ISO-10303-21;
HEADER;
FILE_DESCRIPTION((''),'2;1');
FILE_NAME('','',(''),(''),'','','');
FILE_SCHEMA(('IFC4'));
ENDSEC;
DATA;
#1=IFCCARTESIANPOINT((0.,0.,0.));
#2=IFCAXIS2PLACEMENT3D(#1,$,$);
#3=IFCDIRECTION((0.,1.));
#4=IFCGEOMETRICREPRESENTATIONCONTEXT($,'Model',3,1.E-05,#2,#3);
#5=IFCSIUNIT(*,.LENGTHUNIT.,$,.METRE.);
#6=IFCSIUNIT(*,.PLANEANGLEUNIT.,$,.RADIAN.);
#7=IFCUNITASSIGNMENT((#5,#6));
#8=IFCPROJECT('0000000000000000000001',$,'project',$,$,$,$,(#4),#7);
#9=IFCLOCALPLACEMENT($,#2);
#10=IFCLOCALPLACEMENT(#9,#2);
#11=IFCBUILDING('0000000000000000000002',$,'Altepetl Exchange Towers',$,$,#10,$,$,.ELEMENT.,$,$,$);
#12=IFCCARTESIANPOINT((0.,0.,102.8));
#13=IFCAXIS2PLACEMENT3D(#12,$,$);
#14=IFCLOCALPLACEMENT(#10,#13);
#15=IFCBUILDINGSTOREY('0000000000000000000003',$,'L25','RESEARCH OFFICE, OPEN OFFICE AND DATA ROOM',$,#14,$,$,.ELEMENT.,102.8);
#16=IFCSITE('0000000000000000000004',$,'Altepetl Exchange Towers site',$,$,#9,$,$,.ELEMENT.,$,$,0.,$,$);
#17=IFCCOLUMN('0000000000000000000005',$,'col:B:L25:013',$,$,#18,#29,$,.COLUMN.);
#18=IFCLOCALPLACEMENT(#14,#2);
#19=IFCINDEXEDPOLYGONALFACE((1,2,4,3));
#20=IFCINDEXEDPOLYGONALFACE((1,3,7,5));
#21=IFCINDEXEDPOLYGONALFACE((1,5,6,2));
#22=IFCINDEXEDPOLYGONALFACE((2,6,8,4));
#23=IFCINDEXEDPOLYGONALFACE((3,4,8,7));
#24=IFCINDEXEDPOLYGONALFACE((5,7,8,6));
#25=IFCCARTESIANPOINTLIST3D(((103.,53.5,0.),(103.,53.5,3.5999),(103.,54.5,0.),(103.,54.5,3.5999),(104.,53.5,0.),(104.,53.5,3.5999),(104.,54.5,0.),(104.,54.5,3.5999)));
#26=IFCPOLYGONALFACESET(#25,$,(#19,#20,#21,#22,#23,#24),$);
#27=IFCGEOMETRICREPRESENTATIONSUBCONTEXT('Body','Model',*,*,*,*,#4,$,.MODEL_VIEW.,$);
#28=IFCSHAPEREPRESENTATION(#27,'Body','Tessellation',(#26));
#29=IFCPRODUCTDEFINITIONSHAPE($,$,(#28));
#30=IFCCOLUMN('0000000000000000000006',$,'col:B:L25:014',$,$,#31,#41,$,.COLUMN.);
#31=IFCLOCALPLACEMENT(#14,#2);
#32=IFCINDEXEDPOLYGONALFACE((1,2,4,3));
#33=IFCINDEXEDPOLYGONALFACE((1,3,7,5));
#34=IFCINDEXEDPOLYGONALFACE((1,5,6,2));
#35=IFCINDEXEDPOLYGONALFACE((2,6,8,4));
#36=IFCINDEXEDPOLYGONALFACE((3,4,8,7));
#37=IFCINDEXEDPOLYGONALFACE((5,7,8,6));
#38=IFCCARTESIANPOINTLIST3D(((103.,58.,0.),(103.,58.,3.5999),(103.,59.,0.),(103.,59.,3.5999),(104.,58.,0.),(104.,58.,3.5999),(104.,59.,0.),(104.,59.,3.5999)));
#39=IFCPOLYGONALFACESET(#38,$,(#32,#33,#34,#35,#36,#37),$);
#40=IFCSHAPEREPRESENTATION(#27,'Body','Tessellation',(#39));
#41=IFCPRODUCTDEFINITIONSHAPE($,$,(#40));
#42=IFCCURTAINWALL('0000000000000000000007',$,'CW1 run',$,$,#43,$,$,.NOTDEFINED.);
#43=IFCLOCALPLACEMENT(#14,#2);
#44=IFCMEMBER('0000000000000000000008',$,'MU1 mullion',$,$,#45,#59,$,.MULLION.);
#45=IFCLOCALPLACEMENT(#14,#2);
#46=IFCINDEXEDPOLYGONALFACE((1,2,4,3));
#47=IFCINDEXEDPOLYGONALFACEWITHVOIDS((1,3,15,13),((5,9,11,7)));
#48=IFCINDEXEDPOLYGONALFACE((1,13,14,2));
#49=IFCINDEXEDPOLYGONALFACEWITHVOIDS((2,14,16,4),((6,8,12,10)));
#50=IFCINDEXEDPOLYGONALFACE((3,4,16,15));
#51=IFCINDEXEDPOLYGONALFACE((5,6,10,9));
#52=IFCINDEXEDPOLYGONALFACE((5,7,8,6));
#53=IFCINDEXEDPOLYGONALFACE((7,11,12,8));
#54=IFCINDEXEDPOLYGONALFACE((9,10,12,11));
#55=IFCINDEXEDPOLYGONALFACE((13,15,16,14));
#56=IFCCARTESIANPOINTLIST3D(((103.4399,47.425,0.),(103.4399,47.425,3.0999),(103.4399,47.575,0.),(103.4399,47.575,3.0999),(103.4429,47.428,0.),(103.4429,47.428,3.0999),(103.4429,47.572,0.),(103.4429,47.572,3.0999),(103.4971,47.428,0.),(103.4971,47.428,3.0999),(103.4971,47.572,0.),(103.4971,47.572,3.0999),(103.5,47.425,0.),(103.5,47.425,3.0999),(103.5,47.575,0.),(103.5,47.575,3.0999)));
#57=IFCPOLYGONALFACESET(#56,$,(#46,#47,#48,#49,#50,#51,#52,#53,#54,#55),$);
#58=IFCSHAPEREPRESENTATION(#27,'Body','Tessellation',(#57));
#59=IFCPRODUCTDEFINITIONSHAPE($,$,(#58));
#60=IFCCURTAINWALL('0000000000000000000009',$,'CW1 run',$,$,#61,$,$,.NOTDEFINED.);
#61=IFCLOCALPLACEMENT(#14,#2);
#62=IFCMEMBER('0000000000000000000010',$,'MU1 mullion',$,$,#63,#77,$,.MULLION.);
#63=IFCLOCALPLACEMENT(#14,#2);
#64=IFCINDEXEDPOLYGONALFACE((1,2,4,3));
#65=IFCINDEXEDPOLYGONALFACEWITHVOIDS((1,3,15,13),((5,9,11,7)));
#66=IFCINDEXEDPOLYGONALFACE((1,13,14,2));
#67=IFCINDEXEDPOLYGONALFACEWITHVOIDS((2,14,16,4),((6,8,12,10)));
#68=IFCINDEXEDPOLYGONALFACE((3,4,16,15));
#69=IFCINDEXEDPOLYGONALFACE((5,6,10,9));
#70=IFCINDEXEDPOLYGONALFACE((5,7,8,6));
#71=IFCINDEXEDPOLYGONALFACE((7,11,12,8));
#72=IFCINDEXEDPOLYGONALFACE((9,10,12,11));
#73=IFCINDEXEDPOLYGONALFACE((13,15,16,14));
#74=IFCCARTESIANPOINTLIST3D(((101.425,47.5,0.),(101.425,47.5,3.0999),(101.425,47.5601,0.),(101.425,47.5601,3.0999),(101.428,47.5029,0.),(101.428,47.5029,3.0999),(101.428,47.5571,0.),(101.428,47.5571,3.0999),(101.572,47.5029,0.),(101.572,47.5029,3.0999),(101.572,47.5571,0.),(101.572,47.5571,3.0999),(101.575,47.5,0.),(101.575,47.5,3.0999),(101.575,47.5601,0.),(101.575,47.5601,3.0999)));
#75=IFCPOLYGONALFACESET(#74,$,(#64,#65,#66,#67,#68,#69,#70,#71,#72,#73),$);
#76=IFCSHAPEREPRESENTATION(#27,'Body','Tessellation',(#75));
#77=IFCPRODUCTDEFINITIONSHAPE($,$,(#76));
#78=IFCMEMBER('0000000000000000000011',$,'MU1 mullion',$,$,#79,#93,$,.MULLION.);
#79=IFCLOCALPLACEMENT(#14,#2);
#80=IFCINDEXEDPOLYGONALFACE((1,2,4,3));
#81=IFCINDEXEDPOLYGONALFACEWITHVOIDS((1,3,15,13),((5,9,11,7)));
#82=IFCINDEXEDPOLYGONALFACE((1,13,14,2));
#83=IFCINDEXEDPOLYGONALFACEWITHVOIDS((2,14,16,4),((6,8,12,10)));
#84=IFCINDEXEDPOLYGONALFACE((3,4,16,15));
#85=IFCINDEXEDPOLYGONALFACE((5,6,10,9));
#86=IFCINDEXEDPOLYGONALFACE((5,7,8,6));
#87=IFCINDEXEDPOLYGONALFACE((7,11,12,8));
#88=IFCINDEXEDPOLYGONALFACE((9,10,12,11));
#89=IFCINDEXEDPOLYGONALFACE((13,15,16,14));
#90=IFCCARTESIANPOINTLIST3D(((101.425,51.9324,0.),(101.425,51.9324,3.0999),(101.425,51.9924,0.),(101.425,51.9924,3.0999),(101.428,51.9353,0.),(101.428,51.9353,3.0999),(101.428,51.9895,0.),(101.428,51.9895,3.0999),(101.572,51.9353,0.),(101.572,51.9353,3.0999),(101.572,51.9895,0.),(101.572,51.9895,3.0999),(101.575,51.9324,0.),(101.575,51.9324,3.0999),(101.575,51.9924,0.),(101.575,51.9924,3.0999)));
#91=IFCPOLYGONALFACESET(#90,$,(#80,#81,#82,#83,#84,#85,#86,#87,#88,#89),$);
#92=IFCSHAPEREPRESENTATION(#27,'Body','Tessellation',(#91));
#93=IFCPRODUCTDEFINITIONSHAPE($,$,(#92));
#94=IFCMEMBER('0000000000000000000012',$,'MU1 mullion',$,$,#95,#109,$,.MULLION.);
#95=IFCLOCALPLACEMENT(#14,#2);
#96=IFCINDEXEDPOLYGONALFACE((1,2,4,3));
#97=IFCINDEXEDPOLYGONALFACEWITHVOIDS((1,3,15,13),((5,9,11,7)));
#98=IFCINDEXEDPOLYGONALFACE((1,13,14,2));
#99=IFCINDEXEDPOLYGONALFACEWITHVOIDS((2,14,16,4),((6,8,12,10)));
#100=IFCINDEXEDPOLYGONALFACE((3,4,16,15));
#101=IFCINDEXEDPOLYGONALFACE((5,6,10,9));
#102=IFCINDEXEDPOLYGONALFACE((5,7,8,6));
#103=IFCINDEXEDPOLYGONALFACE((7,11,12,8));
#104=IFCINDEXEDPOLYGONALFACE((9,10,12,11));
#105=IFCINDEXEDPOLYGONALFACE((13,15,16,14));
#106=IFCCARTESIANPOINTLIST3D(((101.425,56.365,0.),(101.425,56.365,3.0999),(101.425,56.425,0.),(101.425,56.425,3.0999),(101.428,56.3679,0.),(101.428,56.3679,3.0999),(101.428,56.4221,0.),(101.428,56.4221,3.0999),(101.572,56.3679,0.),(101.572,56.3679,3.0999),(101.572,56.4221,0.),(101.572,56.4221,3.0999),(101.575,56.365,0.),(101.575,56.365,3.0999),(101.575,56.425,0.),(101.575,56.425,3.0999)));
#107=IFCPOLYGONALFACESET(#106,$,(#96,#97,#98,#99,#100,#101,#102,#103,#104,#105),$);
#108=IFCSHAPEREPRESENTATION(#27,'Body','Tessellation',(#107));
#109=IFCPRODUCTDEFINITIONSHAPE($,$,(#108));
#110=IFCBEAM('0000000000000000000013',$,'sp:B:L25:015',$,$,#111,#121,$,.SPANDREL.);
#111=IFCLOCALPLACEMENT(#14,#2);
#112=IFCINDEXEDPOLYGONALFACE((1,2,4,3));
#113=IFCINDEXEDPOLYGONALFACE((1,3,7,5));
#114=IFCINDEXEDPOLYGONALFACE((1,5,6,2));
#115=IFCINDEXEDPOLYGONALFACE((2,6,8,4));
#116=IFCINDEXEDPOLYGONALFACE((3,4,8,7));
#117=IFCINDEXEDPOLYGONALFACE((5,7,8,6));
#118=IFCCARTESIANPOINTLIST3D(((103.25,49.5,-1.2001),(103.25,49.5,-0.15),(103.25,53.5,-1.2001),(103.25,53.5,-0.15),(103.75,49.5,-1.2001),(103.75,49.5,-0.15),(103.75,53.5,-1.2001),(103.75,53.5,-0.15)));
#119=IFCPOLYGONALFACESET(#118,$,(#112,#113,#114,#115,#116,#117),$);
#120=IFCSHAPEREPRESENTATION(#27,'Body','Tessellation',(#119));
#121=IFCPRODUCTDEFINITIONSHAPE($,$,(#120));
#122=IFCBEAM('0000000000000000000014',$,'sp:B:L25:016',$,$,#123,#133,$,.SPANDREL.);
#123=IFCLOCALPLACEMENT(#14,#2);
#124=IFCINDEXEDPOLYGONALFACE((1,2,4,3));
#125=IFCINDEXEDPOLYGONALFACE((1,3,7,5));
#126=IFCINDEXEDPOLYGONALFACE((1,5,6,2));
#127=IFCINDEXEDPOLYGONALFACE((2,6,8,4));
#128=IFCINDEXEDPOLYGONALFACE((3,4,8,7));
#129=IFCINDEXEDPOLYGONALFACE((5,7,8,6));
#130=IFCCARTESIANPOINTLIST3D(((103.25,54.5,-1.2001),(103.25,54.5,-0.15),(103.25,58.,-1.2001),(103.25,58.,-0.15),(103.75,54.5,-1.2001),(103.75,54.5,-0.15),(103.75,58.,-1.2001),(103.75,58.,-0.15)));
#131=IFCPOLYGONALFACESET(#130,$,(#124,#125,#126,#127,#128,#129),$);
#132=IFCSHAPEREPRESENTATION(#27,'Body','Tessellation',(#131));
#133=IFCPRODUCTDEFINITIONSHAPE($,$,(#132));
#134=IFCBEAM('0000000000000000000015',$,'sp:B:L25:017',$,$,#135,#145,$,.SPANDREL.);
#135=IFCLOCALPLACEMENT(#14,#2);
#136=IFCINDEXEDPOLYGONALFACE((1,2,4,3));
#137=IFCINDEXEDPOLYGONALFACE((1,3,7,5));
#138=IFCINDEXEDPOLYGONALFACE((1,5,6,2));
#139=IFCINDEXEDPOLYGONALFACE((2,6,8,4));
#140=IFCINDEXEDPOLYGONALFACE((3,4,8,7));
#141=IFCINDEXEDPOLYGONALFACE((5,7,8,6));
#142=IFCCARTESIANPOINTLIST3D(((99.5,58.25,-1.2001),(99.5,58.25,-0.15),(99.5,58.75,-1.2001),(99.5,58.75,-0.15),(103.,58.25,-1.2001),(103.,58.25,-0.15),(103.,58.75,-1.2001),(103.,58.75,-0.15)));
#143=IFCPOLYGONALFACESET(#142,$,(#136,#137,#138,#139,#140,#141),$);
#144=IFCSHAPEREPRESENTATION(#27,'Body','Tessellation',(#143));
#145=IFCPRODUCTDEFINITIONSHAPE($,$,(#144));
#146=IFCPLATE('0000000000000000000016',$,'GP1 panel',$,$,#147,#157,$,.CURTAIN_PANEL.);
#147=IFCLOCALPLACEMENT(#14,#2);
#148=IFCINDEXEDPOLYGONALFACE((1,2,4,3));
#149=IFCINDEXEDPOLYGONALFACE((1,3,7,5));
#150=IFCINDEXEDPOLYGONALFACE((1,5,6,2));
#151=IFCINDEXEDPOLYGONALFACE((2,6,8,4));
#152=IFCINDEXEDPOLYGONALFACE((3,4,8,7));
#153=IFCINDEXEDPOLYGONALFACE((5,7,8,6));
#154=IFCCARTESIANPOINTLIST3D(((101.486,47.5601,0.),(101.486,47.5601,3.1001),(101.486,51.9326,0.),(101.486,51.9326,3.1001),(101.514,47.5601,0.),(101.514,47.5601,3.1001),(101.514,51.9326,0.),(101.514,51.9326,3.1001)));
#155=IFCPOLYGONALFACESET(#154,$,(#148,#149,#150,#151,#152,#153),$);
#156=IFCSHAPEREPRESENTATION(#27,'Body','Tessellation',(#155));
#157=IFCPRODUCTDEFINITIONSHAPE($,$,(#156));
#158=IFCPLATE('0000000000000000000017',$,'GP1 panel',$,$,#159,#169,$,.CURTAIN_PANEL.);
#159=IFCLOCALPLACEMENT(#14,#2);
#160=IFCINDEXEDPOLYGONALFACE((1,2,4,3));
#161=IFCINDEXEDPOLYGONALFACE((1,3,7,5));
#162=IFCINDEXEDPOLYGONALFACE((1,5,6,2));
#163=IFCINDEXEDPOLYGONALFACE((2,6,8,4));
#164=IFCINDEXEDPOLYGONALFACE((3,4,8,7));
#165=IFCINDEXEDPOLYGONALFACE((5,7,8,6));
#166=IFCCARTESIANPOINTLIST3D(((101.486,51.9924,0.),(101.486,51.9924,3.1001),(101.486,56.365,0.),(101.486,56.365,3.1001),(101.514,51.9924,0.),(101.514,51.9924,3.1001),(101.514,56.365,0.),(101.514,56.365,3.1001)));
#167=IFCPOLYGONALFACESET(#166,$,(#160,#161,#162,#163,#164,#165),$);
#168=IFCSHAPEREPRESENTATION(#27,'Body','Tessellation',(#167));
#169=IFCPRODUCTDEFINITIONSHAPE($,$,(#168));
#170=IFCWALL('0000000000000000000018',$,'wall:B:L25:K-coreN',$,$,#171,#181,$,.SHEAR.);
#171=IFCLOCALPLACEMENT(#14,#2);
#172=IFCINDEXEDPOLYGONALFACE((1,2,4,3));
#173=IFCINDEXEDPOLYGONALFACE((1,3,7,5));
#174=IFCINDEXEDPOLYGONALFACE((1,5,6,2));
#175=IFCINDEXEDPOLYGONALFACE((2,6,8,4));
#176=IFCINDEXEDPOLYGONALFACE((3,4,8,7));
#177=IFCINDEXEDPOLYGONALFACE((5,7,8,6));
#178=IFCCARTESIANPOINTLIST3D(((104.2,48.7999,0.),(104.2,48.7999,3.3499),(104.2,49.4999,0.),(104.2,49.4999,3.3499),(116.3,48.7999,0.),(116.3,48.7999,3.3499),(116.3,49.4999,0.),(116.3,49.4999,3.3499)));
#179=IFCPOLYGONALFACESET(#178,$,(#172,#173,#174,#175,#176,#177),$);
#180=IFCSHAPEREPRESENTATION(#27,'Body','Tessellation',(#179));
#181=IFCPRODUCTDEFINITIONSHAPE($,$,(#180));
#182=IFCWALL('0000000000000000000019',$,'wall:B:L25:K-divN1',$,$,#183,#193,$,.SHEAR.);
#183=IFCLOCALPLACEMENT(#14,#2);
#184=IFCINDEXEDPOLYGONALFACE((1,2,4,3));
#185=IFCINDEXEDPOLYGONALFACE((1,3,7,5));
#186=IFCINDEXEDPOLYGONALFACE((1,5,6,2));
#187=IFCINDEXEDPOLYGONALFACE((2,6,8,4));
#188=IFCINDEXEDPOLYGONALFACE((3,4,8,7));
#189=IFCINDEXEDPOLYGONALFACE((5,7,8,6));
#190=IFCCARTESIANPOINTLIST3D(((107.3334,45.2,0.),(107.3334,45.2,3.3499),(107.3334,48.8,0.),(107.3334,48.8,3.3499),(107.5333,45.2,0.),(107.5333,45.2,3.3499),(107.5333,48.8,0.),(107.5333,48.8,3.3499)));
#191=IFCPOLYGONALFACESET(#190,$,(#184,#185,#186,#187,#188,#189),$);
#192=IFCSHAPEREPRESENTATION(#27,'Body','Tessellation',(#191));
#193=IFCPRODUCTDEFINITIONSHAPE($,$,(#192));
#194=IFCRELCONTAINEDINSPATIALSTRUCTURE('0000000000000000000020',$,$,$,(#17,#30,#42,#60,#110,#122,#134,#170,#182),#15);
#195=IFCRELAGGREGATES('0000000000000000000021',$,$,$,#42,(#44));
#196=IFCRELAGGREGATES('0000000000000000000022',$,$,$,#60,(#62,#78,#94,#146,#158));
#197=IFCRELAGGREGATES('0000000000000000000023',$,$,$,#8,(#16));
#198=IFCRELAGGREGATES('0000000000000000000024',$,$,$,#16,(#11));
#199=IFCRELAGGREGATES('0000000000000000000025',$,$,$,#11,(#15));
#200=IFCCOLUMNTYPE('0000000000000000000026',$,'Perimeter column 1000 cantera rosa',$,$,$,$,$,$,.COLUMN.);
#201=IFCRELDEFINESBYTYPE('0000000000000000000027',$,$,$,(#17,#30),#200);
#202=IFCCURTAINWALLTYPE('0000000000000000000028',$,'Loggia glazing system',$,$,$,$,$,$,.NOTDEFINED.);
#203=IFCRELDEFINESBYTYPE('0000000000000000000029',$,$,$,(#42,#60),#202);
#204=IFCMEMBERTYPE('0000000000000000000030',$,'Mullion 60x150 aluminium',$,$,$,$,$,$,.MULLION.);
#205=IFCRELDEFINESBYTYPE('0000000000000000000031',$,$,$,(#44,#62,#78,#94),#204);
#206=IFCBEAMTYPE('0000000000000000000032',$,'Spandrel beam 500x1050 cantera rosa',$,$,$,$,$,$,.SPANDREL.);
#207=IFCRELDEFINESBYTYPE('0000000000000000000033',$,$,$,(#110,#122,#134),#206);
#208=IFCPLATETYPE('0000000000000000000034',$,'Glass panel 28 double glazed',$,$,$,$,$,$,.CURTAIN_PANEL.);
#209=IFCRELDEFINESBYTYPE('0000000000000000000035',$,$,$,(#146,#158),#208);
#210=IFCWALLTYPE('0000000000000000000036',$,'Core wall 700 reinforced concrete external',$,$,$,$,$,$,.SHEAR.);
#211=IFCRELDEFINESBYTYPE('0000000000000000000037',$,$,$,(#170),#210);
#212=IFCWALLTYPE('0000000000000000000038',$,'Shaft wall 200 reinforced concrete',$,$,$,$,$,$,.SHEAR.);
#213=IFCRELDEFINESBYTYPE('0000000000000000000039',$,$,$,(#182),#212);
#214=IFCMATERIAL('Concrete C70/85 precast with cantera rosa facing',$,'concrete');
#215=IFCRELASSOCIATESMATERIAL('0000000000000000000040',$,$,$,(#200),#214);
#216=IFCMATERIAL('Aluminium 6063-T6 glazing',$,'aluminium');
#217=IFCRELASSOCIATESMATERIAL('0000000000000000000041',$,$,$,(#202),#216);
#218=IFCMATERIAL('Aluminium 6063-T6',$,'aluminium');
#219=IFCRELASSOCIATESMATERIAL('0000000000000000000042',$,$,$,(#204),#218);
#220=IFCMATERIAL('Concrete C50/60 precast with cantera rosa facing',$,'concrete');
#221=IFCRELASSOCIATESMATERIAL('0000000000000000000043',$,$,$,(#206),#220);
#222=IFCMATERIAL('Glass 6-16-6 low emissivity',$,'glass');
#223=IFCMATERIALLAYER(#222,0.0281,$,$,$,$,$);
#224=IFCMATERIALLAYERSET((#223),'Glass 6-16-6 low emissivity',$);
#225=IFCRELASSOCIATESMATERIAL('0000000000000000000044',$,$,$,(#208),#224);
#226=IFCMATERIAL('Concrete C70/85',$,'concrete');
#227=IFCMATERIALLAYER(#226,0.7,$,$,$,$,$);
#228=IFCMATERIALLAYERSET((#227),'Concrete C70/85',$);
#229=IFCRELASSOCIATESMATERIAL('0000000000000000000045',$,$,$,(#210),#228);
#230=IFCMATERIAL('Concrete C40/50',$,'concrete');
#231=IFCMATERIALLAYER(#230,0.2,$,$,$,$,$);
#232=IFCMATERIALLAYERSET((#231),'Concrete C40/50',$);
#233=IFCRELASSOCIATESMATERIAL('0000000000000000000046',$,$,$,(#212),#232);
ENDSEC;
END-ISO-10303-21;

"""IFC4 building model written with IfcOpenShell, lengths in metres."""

from ifc_helpers import new_model, si_unit, direction, frame, frame_2d, origin, origin_2d, place, context, subcontext, project, spatial, rectangle, hollow_rectangle, extrude, material, layer, layer_set, material_profile, profile_set, type_object, element, aggregate, save


model = new_model("IFC4")

# Units and contexts
model_context = context("Model", 3, precision=1e-05, world=origin(), true_north=direction((0.0, 1.0)))
body_context = subcontext(model_context, "Body", "Model", "MODEL_VIEW")
ifc_project = project(units=[si_unit("LENGTHUNIT", "METRE"), si_unit("PLANEANGLEUNIT", "RADIAN")], contexts=[model_context])

# Site, building, storey
site_placement = place(None, origin())
site = spatial("IfcSite", under=ifc_project, at=site_placement, Name="Altepetl Exchange Towers site", CompositionType="ELEMENT", RefElevation=0.0)
building_placement = place(site_placement, origin())
building = spatial("IfcBuilding", under=site, at=building_placement, Name="Altepetl Exchange Towers", CompositionType="ELEMENT")
storey_placement = place(building_placement, frame((0.0, 0.0, 102.8)))
storey = spatial("IfcBuildingStorey", under=building, at=storey_placement, Name="L25", Description="RESEARCH OFFICE, OPEN OFFICE AND DATA ROOM", CompositionType="ELEMENT", Elevation=102.8)

# Columns
ifc_material_1 = material(Name="Concrete C70/85 precast with cantera rosa facing", Category="concrete")
ifc_material_profile_1 = material_profile(ifc_material_1, rectangle(XDim=1.0, YDim=1.0, at=origin_2d()), Name="1000 x 1000")
ifc_profile_set_1 = profile_set([ifc_material_profile_1], Name="Concrete C70/85 precast with cantera rosa facing")
column_type = type_object("IfcColumnType", Name="Perimeter column 1000 cantera rosa", PredefinedType="COLUMN", material=ifc_profile_set_1)
for number, where, name in (
    (1, (103.5, 54.0, 0.0), "col:B:L25:013"),
    (2, (103.5, 58.5, 0.0), "col:B:L25:014"),
):
    element("IfcColumn", number, at=place(storey_placement, frame(where)), inside=storey, type_object=column_type, Name=name, PredefinedType="COLUMN", context=body_context, shape_type="SweptSolid", body=[
        extrude(rectangle(XDim=1.0, YDim=1.0, at=origin_2d()), origin(), (0.0, 0.0, 1.0), 3.5999),
    ])

# Curtain wall, member
ifc_material_2 = material(Name="Aluminium 6063-T6 glazing", Category="aluminium")
curtain_wall_type = type_object("IfcCurtainWallType", Name="Loggia glazing system", PredefinedType="NOTDEFINED", material=ifc_material_2)
curtain_wall_1_placement = place(storey_placement, origin())
curtain_wall_1 = element("IfcCurtainWall", 3, at=curtain_wall_1_placement, inside=storey, type_object=curtain_wall_type, Name="CW1 run", PredefinedType="NOTDEFINED")
ifc_material_3 = material(Name="Aluminium 6063-T6", Category="aluminium")
ifc_material_profile_2 = material_profile(ifc_material_3, hollow_rectangle(XDim=0.0601, YDim=0.1499, WallThickness=0.0029, at=origin_2d()), Name="Mullion 60x150 aluminium")
ifc_profile_set_2 = profile_set([ifc_material_profile_2], Name="Aluminium 6063-T6")
member_type = type_object("IfcMemberType", Name="Mullion 60x150 aluminium", PredefinedType="MULLION", material=ifc_profile_set_2)
member_1_placement = place(storey_placement, frame((103.47, 47.5, 0.0), z_axis=(0.0, 0.0, 1.0), x_axis=(-1.0, 0.0, 0.0)))
member_1 = element("IfcMember", 4, at=member_1_placement, type_object=member_type, Name="MU1 mullion", PredefinedType="MULLION", context=body_context, shape_type="SweptSolid", body=[
    extrude(hollow_rectangle(XDim=0.0601, YDim=0.1499, WallThickness=0.0029, at=origin_2d()), origin(), (0.0, 0.0, 1.0), 3.0999),
])
aggregate(curtain_wall_1, [member_1])

# Curtain wall, members
curtain_wall_2_placement = place(storey_placement, origin())
curtain_wall_2 = element("IfcCurtainWall", 5, at=curtain_wall_2_placement, inside=storey, type_object=curtain_wall_type, Name="CW1 run", PredefinedType="NOTDEFINED")
member_2_placement = place(storey_placement, frame((101.5, 47.53, 0.0), z_axis=(0.0, 0.0, 1.0), x_axis=(0.0, 1.0, 0.0)))
member_2 = element("IfcMember", 6, at=member_2_placement, type_object=member_type, Name="MU1 mullion", PredefinedType="MULLION", context=body_context, shape_type="SweptSolid", body=[
    extrude(hollow_rectangle(XDim=0.0601, YDim=0.1499, WallThickness=0.0029, at=origin_2d()), origin(), (0.0, 0.0, 1.0), 3.0999),
])
member_3_placement = place(storey_placement, frame((101.5, 51.9624, 0.0), z_axis=(0.0, 0.0, 1.0), x_axis=(0.0, 1.0, 0.0)))
member_3 = element("IfcMember", 7, at=member_3_placement, type_object=member_type, Name="MU1 mullion", PredefinedType="MULLION", context=body_context, shape_type="SweptSolid", body=[
    extrude(hollow_rectangle(XDim=0.0601, YDim=0.1499, WallThickness=0.0029, at=origin_2d()), origin(), (0.0, 0.0, 1.0), 3.0999),
])
member_4_placement = place(storey_placement, frame((101.5, 56.395, 0.0), z_axis=(0.0, 0.0, 1.0), x_axis=(0.0, 1.0, 0.0)))
member_4 = element("IfcMember", 8, at=member_4_placement, type_object=member_type, Name="MU1 mullion", PredefinedType="MULLION", context=body_context, shape_type="SweptSolid", body=[
    extrude(hollow_rectangle(XDim=0.0601, YDim=0.1499, WallThickness=0.0029, at=origin_2d()), origin(), (0.0, 0.0, 1.0), 3.0999),
])

# Beams
ifc_material_4 = material(Name="Concrete C50/60 precast with cantera rosa facing", Category="concrete")
ifc_material_profile_3 = material_profile(ifc_material_4, rectangle(XDim=0.5, YDim=1.05, at=origin_2d()), Name="500 x 1050")
ifc_profile_set_3 = profile_set([ifc_material_profile_3], Name="Concrete C50/60 precast with cantera rosa facing")
beam_type = type_object("IfcBeamType", Name="Spandrel beam 500x1050 cantera rosa", PredefinedType="SPANDREL", material=ifc_profile_set_3)
beam_placement = place(storey_placement, frame((103.5, 49.5, -0.675), z_axis=(0.0, 1.0, 0.0), x_axis=(-1.0, 0.0, 0.0)))
element("IfcBeam", 9, at=beam_placement, inside=storey, type_object=beam_type, Name="sp:B:L25:015", PredefinedType="SPANDREL", context=body_context, shape_type="SweptSolid", body=[
    extrude(rectangle(XDim=0.5, YDim=1.05, at=origin_2d()), origin(), (0.0, 0.0, 1.0), 4.0),
])
for number, where, z_axis, x_axis, name in (
    (10, (103.5, 54.5, -0.675), (0.0, 1.0, 0.0), (-1.0, 0.0, 0.0), "sp:B:L25:016"),
    (11, (103.0, 58.5, -0.675), (-1.0, 0.0, 0.0), (0.0, -1.0, 0.0), "sp:B:L25:017"),
):
    element("IfcBeam", number, at=place(storey_placement, frame(where, z_axis=z_axis, x_axis=x_axis)), inside=storey, type_object=beam_type, Name=name, PredefinedType="SPANDREL", context=body_context, shape_type="SweptSolid", body=[
        extrude(rectangle(XDim=0.5, YDim=1.05, at=origin_2d()), origin(), (0.0, 0.0, 1.0), 3.5),
    ])

# Plates
ifc_material_5 = material(Name="Glass 6-16-6 low emissivity", Category="glass")
ifc_layer_1 = layer(ifc_material_5, 0.0281)
ifc_layer_set_1 = layer_set([ifc_layer_1], Name="Glass 6-16-6 low emissivity")
plate_type = type_object("IfcPlateType", Name="Glass panel 28 double glazed", PredefinedType="CURTAIN_PANEL", material=ifc_layer_set_1)
plate_1_placement = place(storey_placement, frame((101.5, 49.7463, 0.0), z_axis=(0.0, 0.0, 1.0), x_axis=(0.0, 1.0, 0.0)))
plate_1 = element("IfcPlate", 12, at=plate_1_placement, type_object=plate_type, Name="GP1 panel", PredefinedType="CURTAIN_PANEL", context=body_context, shape_type="SweptSolid", body=[
    extrude(rectangle(XDim=4.3726, YDim=0.0281, at=origin_2d()), origin(), (0.0, 0.0, 1.0), 3.1001),
])
plate_2_placement = place(storey_placement, frame((101.5, 54.1787, 0.0), z_axis=(0.0, 0.0, 1.0), x_axis=(0.0, 1.0, 0.0)))
plate_2 = element("IfcPlate", 13, at=plate_2_placement, type_object=plate_type, Name="GP1 panel", PredefinedType="CURTAIN_PANEL", context=body_context, shape_type="SweptSolid", body=[
    extrude(rectangle(XDim=4.3726, YDim=0.0281, at=origin_2d()), origin(), (0.0, 0.0, 1.0), 3.1001),
])
aggregate(curtain_wall_2, [member_2, member_3, member_4, plate_1, plate_2])

# Walls
ifc_material_6 = material(Name="Concrete C70/85", Category="concrete")
ifc_layer_2 = layer(ifc_material_6, 0.7)
ifc_layer_set_2 = layer_set([ifc_layer_2], Name="Concrete C70/85")
wall_type_1 = type_object("IfcWallType", Name="Core wall 700 reinforced concrete external", PredefinedType="SHEAR", material=ifc_layer_set_2)
wall_1_placement = place(storey_placement, frame((104.2, 49.1499, 0.0)))
element("IfcWall", 14, at=wall_1_placement, inside=storey, type_object=wall_type_1, Name="wall:B:L25:K-coreN", PredefinedType="SHEAR", context=body_context, shape_type="SweptSolid", body=[
    extrude(rectangle(XDim=12.1001, YDim=0.7, at=frame_2d((6.05, 0.0))), origin(), (0.0, 0.0, 1.0), 3.3499),
])
ifc_material_7 = material(Name="Concrete C40/50", Category="concrete")
ifc_layer_3 = layer(ifc_material_7, 0.2)
ifc_layer_set_3 = layer_set([ifc_layer_3], Name="Concrete C40/50")
wall_type_2 = type_object("IfcWallType", Name="Shaft wall 200 reinforced concrete", PredefinedType="SHEAR", material=ifc_layer_set_3)
wall_2_placement = place(storey_placement, frame((107.4333, 48.8, 0.0), z_axis=(0.0, 0.0, 1.0), x_axis=(0.0, -1.0, 0.0)))
element("IfcWall", 15, at=wall_2_placement, inside=storey, type_object=wall_type_2, Name="wall:B:L25:K-divN1", PredefinedType="SHEAR", context=body_context, shape_type="SweptSolid", body=[
    extrude(rectangle(XDim=3.6001, YDim=0.2, at=frame_2d((1.8, 0.0))), origin(), (0.0, 0.0, 1.0), 3.3499),
])

save(model, "model.ifc")
